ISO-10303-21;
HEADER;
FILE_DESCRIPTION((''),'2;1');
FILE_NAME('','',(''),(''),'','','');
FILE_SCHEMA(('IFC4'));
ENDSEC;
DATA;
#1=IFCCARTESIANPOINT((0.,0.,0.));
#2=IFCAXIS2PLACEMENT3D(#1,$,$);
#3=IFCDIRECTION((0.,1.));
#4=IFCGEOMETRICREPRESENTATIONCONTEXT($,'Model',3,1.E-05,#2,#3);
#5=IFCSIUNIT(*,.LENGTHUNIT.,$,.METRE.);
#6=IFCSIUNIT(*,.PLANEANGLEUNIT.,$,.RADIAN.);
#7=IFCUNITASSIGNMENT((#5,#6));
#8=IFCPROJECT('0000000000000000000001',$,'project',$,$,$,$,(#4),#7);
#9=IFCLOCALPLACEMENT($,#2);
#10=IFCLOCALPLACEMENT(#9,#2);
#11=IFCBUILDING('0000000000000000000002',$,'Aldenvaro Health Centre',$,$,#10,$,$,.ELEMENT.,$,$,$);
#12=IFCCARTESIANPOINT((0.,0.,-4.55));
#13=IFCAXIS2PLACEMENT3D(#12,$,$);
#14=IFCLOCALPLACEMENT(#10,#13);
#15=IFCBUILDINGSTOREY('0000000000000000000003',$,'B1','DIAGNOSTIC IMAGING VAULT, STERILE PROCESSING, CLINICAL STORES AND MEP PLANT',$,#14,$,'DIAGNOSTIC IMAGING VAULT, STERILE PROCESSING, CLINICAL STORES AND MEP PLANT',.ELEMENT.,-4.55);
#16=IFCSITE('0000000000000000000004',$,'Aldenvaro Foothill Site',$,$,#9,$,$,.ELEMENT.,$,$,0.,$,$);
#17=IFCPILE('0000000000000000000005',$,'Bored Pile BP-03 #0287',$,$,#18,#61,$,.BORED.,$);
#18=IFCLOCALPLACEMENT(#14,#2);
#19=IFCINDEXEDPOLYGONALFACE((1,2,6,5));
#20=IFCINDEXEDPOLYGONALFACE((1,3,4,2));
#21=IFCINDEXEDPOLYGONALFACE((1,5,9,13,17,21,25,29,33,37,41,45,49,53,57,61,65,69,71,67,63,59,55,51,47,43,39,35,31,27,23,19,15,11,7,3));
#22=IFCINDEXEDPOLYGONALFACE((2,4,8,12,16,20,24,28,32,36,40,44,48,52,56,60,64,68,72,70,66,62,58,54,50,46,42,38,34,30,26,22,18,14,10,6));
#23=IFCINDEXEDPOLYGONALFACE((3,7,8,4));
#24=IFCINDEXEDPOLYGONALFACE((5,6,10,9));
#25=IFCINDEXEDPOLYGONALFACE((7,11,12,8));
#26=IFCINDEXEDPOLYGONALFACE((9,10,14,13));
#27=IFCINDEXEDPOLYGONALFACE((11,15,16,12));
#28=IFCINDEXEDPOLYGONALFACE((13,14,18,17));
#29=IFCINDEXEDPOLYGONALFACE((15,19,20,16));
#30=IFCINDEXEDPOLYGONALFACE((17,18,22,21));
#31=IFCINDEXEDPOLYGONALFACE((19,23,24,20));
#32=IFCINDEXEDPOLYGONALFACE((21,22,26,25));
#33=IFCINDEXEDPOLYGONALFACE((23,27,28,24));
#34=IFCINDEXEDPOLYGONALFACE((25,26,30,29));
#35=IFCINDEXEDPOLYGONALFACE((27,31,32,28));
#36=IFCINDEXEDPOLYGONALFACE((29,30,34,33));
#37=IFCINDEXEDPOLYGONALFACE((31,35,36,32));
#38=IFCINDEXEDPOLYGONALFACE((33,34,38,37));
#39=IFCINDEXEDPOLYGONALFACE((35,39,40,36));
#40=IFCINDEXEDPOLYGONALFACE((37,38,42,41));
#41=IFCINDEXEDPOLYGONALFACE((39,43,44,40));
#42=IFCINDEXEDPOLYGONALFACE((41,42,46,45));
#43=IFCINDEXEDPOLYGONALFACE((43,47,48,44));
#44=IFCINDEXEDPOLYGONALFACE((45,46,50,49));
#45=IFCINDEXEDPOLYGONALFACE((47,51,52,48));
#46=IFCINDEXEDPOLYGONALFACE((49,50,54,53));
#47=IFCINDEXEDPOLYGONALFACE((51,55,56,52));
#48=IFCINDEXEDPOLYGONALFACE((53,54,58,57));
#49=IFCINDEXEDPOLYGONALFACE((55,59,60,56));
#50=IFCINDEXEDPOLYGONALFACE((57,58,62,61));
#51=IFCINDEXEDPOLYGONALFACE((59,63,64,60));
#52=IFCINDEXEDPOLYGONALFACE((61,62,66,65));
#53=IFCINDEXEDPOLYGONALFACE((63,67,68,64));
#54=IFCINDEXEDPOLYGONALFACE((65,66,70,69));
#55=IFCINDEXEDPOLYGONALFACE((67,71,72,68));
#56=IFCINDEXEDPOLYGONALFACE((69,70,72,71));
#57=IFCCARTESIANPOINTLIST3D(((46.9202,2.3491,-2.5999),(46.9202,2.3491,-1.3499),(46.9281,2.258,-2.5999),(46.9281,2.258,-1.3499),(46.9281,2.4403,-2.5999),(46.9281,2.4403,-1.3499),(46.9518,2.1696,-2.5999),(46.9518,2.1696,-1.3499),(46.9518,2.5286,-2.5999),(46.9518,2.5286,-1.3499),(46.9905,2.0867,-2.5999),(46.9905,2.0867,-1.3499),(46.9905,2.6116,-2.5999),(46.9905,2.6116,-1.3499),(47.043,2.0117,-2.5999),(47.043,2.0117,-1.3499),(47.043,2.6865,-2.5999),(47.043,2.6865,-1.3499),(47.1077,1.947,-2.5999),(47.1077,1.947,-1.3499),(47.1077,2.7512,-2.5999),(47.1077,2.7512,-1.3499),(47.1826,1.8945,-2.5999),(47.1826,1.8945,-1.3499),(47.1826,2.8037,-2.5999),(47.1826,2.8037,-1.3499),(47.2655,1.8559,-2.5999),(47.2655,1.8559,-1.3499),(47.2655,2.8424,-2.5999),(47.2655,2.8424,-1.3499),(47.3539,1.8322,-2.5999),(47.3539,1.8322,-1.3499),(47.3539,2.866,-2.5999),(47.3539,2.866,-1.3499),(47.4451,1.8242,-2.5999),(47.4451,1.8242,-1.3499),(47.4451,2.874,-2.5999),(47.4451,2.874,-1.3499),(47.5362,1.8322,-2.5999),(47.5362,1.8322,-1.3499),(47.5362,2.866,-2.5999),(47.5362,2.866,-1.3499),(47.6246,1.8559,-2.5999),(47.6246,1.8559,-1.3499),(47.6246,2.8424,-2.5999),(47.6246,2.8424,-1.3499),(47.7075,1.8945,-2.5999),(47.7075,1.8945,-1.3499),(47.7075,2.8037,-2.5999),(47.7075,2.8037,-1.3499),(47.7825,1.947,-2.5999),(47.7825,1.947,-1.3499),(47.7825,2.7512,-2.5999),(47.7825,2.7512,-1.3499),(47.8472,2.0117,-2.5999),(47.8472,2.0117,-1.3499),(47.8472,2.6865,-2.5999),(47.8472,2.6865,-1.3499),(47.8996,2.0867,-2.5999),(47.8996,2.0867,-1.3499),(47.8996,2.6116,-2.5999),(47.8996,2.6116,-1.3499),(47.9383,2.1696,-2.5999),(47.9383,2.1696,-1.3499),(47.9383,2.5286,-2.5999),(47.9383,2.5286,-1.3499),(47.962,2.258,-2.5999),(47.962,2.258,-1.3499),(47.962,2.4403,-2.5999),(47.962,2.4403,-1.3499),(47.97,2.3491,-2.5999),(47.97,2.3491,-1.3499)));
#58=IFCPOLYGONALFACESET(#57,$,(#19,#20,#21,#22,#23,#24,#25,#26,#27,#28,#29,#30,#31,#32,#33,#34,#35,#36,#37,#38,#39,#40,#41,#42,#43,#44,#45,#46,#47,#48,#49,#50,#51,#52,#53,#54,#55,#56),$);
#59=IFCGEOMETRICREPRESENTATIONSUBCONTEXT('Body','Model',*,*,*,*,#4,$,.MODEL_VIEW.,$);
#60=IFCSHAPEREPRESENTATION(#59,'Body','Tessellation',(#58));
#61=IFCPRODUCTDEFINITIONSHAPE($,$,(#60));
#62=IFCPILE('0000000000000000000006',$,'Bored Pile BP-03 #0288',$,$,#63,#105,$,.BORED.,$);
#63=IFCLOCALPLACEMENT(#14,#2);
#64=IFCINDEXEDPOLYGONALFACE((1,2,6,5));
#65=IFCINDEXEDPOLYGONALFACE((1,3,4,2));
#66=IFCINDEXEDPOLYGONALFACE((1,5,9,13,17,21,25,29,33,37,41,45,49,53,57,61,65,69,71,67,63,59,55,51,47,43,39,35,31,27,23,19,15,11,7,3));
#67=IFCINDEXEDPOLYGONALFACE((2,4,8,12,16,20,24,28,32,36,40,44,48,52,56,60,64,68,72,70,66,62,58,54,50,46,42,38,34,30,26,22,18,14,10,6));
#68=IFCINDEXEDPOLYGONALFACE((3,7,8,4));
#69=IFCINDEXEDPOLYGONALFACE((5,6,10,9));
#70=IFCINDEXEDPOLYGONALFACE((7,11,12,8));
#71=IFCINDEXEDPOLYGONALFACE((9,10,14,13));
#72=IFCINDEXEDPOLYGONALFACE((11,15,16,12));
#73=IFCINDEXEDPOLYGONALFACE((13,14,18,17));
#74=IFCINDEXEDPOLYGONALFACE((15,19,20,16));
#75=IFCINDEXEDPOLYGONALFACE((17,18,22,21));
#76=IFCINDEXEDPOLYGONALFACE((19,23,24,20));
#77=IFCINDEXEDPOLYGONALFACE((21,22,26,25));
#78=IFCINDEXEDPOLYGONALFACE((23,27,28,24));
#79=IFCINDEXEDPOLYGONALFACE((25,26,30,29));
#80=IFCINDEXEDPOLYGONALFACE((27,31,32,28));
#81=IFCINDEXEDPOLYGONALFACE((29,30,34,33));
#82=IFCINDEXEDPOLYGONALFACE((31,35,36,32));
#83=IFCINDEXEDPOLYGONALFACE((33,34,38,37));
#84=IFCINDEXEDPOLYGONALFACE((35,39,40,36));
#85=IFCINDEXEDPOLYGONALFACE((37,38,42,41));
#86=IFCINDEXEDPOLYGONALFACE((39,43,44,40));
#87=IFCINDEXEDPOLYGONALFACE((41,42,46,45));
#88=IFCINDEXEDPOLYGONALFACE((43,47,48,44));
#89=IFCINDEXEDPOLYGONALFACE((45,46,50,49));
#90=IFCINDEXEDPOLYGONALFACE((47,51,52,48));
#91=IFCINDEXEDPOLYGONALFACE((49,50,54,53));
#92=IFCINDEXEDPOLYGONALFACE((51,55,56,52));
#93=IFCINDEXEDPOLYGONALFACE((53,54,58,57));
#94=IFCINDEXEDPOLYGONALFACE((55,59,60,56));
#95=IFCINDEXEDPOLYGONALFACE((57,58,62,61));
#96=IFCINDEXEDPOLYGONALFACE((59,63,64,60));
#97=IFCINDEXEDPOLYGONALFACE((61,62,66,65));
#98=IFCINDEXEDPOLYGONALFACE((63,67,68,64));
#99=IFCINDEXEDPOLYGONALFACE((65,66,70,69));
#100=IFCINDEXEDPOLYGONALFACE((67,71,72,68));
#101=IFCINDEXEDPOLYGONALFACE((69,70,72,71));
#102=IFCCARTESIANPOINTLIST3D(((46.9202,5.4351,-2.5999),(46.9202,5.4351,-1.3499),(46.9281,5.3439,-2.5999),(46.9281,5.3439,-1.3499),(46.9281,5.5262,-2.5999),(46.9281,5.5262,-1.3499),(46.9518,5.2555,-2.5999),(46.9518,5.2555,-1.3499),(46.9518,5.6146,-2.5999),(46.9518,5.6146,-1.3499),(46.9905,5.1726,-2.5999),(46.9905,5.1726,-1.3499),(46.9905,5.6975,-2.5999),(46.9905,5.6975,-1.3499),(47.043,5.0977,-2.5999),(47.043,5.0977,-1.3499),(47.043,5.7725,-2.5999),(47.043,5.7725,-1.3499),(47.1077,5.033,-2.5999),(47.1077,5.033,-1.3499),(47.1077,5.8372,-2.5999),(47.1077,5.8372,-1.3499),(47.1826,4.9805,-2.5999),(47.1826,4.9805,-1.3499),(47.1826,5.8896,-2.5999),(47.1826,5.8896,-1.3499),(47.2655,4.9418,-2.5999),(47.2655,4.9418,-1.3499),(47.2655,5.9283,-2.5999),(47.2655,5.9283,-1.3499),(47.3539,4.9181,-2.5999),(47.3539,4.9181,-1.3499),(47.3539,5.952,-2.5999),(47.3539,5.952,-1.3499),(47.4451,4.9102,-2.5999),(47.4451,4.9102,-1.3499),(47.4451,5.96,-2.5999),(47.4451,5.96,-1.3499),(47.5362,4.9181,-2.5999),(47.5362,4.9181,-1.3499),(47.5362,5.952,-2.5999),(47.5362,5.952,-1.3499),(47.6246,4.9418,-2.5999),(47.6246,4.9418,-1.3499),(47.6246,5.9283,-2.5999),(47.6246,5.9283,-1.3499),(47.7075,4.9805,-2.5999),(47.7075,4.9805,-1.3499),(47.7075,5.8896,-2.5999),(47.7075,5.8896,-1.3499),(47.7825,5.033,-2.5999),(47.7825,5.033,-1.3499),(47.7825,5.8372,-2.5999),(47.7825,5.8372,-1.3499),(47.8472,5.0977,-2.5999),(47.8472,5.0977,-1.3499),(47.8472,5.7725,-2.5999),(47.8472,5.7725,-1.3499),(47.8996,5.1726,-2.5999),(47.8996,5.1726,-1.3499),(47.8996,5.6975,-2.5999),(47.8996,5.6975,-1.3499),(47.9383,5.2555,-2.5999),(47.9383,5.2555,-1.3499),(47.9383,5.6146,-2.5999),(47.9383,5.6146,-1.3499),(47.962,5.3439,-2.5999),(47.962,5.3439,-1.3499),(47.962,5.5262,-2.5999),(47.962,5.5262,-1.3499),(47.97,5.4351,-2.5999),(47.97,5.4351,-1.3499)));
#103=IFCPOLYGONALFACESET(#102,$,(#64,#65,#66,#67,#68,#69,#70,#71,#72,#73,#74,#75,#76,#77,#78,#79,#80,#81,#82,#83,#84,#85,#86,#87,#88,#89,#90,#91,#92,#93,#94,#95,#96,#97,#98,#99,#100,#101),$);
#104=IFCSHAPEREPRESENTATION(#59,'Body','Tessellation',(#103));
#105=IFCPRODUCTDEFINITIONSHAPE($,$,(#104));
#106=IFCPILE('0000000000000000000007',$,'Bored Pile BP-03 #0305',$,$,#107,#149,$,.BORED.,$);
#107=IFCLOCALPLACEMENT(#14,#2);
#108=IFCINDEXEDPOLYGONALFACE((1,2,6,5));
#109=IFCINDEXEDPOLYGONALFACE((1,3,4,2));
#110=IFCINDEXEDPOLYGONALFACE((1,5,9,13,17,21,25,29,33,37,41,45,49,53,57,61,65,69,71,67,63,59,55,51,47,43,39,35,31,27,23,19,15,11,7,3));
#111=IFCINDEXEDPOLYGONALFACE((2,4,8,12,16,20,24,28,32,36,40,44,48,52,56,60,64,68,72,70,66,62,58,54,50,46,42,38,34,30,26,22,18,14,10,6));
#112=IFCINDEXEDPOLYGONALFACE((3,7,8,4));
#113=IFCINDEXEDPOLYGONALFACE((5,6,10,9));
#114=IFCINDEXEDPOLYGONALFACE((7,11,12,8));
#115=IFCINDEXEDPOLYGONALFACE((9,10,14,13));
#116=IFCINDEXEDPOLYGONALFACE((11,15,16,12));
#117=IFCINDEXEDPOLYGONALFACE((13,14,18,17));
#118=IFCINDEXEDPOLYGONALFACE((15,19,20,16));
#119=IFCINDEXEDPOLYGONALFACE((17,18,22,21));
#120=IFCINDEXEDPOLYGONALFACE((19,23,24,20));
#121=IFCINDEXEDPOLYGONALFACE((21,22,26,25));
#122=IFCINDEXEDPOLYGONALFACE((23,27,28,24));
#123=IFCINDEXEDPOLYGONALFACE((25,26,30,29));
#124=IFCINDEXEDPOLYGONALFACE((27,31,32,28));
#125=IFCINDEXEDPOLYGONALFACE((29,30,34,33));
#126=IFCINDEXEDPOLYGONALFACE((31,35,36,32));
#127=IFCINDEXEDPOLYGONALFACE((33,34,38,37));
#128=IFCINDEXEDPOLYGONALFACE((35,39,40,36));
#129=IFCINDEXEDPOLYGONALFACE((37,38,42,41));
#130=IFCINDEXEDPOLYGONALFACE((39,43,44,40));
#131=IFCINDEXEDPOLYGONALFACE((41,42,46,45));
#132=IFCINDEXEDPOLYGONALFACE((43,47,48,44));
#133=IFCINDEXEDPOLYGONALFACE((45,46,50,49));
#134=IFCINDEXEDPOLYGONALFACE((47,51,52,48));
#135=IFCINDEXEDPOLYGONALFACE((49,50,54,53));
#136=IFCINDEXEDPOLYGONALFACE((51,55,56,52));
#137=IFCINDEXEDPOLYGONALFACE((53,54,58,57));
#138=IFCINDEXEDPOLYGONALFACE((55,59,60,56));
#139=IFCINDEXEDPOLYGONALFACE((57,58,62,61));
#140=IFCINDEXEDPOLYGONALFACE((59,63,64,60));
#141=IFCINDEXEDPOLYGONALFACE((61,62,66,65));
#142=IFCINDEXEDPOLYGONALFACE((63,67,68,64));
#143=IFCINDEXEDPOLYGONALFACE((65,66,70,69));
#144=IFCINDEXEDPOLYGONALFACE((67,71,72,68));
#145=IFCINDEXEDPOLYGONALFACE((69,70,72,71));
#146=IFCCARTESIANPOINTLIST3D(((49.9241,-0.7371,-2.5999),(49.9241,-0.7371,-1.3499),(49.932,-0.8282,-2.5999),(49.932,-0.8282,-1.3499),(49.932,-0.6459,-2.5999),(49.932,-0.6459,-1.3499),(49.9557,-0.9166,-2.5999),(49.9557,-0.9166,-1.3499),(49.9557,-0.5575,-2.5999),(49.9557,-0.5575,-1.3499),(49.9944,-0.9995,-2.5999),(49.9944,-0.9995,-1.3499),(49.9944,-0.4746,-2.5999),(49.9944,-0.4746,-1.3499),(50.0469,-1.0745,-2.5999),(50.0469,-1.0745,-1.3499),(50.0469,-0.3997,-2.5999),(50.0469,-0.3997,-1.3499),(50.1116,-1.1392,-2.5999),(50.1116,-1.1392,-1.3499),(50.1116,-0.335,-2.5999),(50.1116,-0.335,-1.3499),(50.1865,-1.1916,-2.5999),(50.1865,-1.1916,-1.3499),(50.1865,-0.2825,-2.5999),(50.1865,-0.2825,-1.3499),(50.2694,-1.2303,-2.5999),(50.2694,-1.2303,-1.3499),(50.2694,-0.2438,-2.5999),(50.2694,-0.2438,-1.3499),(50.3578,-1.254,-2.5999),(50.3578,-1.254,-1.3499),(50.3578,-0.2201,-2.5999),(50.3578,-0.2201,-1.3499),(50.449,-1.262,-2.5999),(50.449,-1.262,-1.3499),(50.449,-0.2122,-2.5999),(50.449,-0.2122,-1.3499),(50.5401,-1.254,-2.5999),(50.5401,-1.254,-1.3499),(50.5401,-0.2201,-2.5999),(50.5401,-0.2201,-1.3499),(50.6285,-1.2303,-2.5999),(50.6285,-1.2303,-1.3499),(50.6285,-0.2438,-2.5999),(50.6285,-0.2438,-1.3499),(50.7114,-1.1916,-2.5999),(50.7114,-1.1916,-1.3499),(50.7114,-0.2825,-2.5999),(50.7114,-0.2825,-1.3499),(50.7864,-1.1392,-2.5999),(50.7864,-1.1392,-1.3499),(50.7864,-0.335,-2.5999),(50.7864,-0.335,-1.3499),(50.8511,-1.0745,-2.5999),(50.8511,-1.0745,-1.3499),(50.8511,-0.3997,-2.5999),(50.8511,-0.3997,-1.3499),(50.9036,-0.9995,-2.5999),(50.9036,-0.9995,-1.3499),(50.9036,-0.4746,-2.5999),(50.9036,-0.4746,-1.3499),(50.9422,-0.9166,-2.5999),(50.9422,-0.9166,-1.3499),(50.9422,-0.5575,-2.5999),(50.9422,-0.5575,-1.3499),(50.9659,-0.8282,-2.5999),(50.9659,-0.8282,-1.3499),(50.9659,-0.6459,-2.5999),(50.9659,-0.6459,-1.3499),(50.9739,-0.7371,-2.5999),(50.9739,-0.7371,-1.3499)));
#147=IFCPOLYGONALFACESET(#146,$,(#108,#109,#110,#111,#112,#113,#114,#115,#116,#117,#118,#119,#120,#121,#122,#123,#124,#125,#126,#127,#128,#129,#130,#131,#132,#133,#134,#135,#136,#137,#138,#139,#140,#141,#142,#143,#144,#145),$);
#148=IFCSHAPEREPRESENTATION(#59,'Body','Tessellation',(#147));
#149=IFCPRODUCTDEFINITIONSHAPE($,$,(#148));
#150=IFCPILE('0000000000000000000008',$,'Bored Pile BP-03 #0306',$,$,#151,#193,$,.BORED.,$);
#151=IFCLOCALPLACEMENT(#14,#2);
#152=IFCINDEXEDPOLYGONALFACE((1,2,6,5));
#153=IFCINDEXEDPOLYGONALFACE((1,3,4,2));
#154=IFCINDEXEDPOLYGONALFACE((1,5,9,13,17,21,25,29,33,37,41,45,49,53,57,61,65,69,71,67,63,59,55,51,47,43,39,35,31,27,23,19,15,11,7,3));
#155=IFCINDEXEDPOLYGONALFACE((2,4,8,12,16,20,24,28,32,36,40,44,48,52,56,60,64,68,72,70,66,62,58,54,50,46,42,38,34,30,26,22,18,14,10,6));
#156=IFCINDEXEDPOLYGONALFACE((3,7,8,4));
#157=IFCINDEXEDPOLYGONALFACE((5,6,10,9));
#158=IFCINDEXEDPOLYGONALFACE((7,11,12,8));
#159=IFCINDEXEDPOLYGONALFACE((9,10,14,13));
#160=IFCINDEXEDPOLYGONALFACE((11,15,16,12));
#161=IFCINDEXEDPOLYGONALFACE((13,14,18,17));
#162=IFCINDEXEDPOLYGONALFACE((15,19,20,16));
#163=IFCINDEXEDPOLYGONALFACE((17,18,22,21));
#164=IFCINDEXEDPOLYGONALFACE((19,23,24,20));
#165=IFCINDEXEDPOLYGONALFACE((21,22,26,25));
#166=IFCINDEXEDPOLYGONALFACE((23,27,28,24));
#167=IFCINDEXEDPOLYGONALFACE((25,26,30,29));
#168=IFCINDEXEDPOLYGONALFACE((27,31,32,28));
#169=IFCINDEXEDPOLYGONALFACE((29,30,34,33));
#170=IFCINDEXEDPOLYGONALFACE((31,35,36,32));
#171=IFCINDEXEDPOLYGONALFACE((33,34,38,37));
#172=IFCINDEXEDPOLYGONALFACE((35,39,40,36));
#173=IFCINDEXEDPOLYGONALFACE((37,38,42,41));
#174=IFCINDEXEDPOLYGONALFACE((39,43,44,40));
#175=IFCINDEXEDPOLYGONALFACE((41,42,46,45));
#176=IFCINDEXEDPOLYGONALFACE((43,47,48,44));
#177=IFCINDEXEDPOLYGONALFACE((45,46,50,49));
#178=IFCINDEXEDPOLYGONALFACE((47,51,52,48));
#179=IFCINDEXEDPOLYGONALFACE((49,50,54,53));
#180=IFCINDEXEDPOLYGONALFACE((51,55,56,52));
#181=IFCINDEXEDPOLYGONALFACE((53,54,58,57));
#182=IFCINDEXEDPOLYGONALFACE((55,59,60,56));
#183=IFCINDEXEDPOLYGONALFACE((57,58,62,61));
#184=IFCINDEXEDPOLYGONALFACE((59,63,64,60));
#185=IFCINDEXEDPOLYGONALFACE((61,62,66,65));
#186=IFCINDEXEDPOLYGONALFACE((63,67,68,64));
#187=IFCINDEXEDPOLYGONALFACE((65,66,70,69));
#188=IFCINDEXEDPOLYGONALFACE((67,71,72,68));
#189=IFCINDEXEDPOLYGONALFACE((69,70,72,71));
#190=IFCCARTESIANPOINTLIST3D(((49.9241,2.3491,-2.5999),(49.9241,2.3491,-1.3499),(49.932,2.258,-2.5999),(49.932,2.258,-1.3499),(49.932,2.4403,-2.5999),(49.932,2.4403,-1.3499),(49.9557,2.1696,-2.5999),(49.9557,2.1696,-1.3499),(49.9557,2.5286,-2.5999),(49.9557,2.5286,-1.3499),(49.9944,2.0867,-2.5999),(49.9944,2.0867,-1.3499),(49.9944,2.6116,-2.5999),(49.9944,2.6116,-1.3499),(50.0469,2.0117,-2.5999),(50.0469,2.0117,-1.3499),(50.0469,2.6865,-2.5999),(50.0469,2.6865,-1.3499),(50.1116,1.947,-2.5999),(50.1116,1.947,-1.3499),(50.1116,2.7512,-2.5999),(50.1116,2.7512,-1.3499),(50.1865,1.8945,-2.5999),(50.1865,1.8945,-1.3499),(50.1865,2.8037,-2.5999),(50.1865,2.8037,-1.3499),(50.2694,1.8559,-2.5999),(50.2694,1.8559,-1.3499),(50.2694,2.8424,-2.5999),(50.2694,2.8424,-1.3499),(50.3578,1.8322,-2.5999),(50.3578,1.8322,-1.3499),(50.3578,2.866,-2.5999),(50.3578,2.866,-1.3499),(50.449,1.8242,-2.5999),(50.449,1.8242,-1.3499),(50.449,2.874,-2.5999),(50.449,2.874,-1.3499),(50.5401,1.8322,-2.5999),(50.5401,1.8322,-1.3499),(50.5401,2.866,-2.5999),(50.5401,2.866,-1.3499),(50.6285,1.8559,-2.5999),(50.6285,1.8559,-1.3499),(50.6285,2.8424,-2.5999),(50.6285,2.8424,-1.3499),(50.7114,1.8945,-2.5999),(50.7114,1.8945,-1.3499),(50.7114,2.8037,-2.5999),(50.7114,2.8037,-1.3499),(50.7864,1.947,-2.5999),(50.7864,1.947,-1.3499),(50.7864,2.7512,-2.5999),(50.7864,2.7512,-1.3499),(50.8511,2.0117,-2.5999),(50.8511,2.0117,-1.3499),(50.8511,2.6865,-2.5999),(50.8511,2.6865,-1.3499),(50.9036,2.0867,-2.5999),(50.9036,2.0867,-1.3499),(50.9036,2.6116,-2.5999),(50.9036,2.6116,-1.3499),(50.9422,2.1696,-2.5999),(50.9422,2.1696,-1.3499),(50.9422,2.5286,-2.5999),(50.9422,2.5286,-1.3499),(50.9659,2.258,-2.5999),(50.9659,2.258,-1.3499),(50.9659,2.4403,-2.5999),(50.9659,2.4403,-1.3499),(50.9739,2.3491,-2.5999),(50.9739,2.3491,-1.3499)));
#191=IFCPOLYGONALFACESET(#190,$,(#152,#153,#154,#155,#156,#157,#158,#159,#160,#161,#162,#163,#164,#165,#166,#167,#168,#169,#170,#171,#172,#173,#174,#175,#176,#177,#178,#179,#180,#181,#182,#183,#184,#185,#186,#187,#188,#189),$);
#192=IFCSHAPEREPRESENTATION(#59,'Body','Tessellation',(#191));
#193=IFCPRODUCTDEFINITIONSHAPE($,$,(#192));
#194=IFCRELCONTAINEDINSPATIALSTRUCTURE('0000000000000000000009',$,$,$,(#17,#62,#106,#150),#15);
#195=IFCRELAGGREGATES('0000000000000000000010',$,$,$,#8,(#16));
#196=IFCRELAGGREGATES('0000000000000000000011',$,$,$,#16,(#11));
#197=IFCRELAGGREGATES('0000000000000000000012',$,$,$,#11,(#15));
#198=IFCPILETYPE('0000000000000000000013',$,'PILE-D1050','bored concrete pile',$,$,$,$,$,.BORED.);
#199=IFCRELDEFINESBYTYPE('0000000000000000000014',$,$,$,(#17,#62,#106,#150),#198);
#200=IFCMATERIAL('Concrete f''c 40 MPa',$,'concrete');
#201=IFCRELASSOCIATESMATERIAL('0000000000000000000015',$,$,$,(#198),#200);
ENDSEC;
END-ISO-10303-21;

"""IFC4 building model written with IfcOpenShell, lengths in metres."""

from ifc_helpers import new_model, si_unit, direction, frame, origin, origin_2d, place, context, subcontext, project, spatial, circle, extrude, material, material_profile, profile_set, type_object, element, save


model = new_model("IFC4")

# Units and contexts
model_context = context("Model", 3, precision=1e-05, world=origin(), true_north=direction((0.0, 1.0)))
body_context = subcontext(model_context, "Body", "Model", "MODEL_VIEW")
ifc_project = project(units=[si_unit("LENGTHUNIT", "METRE"), si_unit("PLANEANGLEUNIT", "RADIAN")], contexts=[model_context])

# Site, building, storey
site_placement = place(None, origin())
site = spatial("IfcSite", under=ifc_project, at=site_placement, Name="Aldenvaro Foothill Site", CompositionType="ELEMENT", RefElevation=0.0)
building_placement = place(site_placement, origin())
building = spatial("IfcBuilding", under=site, at=building_placement, Name="Aldenvaro Health Centre", CompositionType="ELEMENT")
storey_placement = place(building_placement, frame((0.0, 0.0, -4.55)))
storey = spatial("IfcBuildingStorey", under=building, at=storey_placement, Name="B1", Description="DIAGNOSTIC IMAGING VAULT, STERILE PROCESSING, CLINICAL STORES AND MEP PLANT", LongName="DIAGNOSTIC IMAGING VAULT, STERILE PROCESSING, CLINICAL STORES AND MEP PLANT", CompositionType="ELEMENT", Elevation=-4.55)

# Piles
ifc_material = material(Name="Concrete f'c 40 MPa", Category="concrete")
ifc_material_profile_1 = material_profile(ifc_material, circle(Radius=0.5249, at=origin_2d()), Name="PILE D1050", Category="concrete")
ifc_profile_set_1 = profile_set([ifc_material_profile_1], Name="Concrete f'c 40 MPa")
pile_type = type_object("IfcPileType", Name="PILE-D1050", Description="bored concrete pile", PredefinedType="BORED", material=ifc_profile_set_1)
for number, where, z_axis, x_axis, name in (
    (1, (47.4451, 2.3491, -1.3499), (0.0, 0.0, -1.0), (1.0, 0.0, 0.0), "Bored Pile BP-03 #0287"),
    (2, (47.4451, 5.4351, -1.3499), (0.0, 0.0, -1.0), (1.0, 0.0, 0.0), "Bored Pile BP-03 #0288"),
    (3, (50.449, -0.7371, -1.3499), (0.0, 0.0, -1.0), (1.0, 0.0, 0.0), "Bored Pile BP-03 #0305"),
    (4, (50.449, 2.3491, -1.3499), (0.0, 0.0, -1.0), (1.0, 0.0, 0.0), "Bored Pile BP-03 #0306"),
):
    element("IfcPile", number, at=place(storey_placement, frame(where, z_axis=z_axis, x_axis=x_axis)), inside=storey, type_object=pile_type, Name=name, PredefinedType="BORED", context=body_context, shape_type="SweptSolid", body=[
        extrude(circle(Radius=0.5249, at=origin_2d()), origin(), (0.0, 0.0, 1.0), 1.25),
    ])

save(model, "model.ifc")
